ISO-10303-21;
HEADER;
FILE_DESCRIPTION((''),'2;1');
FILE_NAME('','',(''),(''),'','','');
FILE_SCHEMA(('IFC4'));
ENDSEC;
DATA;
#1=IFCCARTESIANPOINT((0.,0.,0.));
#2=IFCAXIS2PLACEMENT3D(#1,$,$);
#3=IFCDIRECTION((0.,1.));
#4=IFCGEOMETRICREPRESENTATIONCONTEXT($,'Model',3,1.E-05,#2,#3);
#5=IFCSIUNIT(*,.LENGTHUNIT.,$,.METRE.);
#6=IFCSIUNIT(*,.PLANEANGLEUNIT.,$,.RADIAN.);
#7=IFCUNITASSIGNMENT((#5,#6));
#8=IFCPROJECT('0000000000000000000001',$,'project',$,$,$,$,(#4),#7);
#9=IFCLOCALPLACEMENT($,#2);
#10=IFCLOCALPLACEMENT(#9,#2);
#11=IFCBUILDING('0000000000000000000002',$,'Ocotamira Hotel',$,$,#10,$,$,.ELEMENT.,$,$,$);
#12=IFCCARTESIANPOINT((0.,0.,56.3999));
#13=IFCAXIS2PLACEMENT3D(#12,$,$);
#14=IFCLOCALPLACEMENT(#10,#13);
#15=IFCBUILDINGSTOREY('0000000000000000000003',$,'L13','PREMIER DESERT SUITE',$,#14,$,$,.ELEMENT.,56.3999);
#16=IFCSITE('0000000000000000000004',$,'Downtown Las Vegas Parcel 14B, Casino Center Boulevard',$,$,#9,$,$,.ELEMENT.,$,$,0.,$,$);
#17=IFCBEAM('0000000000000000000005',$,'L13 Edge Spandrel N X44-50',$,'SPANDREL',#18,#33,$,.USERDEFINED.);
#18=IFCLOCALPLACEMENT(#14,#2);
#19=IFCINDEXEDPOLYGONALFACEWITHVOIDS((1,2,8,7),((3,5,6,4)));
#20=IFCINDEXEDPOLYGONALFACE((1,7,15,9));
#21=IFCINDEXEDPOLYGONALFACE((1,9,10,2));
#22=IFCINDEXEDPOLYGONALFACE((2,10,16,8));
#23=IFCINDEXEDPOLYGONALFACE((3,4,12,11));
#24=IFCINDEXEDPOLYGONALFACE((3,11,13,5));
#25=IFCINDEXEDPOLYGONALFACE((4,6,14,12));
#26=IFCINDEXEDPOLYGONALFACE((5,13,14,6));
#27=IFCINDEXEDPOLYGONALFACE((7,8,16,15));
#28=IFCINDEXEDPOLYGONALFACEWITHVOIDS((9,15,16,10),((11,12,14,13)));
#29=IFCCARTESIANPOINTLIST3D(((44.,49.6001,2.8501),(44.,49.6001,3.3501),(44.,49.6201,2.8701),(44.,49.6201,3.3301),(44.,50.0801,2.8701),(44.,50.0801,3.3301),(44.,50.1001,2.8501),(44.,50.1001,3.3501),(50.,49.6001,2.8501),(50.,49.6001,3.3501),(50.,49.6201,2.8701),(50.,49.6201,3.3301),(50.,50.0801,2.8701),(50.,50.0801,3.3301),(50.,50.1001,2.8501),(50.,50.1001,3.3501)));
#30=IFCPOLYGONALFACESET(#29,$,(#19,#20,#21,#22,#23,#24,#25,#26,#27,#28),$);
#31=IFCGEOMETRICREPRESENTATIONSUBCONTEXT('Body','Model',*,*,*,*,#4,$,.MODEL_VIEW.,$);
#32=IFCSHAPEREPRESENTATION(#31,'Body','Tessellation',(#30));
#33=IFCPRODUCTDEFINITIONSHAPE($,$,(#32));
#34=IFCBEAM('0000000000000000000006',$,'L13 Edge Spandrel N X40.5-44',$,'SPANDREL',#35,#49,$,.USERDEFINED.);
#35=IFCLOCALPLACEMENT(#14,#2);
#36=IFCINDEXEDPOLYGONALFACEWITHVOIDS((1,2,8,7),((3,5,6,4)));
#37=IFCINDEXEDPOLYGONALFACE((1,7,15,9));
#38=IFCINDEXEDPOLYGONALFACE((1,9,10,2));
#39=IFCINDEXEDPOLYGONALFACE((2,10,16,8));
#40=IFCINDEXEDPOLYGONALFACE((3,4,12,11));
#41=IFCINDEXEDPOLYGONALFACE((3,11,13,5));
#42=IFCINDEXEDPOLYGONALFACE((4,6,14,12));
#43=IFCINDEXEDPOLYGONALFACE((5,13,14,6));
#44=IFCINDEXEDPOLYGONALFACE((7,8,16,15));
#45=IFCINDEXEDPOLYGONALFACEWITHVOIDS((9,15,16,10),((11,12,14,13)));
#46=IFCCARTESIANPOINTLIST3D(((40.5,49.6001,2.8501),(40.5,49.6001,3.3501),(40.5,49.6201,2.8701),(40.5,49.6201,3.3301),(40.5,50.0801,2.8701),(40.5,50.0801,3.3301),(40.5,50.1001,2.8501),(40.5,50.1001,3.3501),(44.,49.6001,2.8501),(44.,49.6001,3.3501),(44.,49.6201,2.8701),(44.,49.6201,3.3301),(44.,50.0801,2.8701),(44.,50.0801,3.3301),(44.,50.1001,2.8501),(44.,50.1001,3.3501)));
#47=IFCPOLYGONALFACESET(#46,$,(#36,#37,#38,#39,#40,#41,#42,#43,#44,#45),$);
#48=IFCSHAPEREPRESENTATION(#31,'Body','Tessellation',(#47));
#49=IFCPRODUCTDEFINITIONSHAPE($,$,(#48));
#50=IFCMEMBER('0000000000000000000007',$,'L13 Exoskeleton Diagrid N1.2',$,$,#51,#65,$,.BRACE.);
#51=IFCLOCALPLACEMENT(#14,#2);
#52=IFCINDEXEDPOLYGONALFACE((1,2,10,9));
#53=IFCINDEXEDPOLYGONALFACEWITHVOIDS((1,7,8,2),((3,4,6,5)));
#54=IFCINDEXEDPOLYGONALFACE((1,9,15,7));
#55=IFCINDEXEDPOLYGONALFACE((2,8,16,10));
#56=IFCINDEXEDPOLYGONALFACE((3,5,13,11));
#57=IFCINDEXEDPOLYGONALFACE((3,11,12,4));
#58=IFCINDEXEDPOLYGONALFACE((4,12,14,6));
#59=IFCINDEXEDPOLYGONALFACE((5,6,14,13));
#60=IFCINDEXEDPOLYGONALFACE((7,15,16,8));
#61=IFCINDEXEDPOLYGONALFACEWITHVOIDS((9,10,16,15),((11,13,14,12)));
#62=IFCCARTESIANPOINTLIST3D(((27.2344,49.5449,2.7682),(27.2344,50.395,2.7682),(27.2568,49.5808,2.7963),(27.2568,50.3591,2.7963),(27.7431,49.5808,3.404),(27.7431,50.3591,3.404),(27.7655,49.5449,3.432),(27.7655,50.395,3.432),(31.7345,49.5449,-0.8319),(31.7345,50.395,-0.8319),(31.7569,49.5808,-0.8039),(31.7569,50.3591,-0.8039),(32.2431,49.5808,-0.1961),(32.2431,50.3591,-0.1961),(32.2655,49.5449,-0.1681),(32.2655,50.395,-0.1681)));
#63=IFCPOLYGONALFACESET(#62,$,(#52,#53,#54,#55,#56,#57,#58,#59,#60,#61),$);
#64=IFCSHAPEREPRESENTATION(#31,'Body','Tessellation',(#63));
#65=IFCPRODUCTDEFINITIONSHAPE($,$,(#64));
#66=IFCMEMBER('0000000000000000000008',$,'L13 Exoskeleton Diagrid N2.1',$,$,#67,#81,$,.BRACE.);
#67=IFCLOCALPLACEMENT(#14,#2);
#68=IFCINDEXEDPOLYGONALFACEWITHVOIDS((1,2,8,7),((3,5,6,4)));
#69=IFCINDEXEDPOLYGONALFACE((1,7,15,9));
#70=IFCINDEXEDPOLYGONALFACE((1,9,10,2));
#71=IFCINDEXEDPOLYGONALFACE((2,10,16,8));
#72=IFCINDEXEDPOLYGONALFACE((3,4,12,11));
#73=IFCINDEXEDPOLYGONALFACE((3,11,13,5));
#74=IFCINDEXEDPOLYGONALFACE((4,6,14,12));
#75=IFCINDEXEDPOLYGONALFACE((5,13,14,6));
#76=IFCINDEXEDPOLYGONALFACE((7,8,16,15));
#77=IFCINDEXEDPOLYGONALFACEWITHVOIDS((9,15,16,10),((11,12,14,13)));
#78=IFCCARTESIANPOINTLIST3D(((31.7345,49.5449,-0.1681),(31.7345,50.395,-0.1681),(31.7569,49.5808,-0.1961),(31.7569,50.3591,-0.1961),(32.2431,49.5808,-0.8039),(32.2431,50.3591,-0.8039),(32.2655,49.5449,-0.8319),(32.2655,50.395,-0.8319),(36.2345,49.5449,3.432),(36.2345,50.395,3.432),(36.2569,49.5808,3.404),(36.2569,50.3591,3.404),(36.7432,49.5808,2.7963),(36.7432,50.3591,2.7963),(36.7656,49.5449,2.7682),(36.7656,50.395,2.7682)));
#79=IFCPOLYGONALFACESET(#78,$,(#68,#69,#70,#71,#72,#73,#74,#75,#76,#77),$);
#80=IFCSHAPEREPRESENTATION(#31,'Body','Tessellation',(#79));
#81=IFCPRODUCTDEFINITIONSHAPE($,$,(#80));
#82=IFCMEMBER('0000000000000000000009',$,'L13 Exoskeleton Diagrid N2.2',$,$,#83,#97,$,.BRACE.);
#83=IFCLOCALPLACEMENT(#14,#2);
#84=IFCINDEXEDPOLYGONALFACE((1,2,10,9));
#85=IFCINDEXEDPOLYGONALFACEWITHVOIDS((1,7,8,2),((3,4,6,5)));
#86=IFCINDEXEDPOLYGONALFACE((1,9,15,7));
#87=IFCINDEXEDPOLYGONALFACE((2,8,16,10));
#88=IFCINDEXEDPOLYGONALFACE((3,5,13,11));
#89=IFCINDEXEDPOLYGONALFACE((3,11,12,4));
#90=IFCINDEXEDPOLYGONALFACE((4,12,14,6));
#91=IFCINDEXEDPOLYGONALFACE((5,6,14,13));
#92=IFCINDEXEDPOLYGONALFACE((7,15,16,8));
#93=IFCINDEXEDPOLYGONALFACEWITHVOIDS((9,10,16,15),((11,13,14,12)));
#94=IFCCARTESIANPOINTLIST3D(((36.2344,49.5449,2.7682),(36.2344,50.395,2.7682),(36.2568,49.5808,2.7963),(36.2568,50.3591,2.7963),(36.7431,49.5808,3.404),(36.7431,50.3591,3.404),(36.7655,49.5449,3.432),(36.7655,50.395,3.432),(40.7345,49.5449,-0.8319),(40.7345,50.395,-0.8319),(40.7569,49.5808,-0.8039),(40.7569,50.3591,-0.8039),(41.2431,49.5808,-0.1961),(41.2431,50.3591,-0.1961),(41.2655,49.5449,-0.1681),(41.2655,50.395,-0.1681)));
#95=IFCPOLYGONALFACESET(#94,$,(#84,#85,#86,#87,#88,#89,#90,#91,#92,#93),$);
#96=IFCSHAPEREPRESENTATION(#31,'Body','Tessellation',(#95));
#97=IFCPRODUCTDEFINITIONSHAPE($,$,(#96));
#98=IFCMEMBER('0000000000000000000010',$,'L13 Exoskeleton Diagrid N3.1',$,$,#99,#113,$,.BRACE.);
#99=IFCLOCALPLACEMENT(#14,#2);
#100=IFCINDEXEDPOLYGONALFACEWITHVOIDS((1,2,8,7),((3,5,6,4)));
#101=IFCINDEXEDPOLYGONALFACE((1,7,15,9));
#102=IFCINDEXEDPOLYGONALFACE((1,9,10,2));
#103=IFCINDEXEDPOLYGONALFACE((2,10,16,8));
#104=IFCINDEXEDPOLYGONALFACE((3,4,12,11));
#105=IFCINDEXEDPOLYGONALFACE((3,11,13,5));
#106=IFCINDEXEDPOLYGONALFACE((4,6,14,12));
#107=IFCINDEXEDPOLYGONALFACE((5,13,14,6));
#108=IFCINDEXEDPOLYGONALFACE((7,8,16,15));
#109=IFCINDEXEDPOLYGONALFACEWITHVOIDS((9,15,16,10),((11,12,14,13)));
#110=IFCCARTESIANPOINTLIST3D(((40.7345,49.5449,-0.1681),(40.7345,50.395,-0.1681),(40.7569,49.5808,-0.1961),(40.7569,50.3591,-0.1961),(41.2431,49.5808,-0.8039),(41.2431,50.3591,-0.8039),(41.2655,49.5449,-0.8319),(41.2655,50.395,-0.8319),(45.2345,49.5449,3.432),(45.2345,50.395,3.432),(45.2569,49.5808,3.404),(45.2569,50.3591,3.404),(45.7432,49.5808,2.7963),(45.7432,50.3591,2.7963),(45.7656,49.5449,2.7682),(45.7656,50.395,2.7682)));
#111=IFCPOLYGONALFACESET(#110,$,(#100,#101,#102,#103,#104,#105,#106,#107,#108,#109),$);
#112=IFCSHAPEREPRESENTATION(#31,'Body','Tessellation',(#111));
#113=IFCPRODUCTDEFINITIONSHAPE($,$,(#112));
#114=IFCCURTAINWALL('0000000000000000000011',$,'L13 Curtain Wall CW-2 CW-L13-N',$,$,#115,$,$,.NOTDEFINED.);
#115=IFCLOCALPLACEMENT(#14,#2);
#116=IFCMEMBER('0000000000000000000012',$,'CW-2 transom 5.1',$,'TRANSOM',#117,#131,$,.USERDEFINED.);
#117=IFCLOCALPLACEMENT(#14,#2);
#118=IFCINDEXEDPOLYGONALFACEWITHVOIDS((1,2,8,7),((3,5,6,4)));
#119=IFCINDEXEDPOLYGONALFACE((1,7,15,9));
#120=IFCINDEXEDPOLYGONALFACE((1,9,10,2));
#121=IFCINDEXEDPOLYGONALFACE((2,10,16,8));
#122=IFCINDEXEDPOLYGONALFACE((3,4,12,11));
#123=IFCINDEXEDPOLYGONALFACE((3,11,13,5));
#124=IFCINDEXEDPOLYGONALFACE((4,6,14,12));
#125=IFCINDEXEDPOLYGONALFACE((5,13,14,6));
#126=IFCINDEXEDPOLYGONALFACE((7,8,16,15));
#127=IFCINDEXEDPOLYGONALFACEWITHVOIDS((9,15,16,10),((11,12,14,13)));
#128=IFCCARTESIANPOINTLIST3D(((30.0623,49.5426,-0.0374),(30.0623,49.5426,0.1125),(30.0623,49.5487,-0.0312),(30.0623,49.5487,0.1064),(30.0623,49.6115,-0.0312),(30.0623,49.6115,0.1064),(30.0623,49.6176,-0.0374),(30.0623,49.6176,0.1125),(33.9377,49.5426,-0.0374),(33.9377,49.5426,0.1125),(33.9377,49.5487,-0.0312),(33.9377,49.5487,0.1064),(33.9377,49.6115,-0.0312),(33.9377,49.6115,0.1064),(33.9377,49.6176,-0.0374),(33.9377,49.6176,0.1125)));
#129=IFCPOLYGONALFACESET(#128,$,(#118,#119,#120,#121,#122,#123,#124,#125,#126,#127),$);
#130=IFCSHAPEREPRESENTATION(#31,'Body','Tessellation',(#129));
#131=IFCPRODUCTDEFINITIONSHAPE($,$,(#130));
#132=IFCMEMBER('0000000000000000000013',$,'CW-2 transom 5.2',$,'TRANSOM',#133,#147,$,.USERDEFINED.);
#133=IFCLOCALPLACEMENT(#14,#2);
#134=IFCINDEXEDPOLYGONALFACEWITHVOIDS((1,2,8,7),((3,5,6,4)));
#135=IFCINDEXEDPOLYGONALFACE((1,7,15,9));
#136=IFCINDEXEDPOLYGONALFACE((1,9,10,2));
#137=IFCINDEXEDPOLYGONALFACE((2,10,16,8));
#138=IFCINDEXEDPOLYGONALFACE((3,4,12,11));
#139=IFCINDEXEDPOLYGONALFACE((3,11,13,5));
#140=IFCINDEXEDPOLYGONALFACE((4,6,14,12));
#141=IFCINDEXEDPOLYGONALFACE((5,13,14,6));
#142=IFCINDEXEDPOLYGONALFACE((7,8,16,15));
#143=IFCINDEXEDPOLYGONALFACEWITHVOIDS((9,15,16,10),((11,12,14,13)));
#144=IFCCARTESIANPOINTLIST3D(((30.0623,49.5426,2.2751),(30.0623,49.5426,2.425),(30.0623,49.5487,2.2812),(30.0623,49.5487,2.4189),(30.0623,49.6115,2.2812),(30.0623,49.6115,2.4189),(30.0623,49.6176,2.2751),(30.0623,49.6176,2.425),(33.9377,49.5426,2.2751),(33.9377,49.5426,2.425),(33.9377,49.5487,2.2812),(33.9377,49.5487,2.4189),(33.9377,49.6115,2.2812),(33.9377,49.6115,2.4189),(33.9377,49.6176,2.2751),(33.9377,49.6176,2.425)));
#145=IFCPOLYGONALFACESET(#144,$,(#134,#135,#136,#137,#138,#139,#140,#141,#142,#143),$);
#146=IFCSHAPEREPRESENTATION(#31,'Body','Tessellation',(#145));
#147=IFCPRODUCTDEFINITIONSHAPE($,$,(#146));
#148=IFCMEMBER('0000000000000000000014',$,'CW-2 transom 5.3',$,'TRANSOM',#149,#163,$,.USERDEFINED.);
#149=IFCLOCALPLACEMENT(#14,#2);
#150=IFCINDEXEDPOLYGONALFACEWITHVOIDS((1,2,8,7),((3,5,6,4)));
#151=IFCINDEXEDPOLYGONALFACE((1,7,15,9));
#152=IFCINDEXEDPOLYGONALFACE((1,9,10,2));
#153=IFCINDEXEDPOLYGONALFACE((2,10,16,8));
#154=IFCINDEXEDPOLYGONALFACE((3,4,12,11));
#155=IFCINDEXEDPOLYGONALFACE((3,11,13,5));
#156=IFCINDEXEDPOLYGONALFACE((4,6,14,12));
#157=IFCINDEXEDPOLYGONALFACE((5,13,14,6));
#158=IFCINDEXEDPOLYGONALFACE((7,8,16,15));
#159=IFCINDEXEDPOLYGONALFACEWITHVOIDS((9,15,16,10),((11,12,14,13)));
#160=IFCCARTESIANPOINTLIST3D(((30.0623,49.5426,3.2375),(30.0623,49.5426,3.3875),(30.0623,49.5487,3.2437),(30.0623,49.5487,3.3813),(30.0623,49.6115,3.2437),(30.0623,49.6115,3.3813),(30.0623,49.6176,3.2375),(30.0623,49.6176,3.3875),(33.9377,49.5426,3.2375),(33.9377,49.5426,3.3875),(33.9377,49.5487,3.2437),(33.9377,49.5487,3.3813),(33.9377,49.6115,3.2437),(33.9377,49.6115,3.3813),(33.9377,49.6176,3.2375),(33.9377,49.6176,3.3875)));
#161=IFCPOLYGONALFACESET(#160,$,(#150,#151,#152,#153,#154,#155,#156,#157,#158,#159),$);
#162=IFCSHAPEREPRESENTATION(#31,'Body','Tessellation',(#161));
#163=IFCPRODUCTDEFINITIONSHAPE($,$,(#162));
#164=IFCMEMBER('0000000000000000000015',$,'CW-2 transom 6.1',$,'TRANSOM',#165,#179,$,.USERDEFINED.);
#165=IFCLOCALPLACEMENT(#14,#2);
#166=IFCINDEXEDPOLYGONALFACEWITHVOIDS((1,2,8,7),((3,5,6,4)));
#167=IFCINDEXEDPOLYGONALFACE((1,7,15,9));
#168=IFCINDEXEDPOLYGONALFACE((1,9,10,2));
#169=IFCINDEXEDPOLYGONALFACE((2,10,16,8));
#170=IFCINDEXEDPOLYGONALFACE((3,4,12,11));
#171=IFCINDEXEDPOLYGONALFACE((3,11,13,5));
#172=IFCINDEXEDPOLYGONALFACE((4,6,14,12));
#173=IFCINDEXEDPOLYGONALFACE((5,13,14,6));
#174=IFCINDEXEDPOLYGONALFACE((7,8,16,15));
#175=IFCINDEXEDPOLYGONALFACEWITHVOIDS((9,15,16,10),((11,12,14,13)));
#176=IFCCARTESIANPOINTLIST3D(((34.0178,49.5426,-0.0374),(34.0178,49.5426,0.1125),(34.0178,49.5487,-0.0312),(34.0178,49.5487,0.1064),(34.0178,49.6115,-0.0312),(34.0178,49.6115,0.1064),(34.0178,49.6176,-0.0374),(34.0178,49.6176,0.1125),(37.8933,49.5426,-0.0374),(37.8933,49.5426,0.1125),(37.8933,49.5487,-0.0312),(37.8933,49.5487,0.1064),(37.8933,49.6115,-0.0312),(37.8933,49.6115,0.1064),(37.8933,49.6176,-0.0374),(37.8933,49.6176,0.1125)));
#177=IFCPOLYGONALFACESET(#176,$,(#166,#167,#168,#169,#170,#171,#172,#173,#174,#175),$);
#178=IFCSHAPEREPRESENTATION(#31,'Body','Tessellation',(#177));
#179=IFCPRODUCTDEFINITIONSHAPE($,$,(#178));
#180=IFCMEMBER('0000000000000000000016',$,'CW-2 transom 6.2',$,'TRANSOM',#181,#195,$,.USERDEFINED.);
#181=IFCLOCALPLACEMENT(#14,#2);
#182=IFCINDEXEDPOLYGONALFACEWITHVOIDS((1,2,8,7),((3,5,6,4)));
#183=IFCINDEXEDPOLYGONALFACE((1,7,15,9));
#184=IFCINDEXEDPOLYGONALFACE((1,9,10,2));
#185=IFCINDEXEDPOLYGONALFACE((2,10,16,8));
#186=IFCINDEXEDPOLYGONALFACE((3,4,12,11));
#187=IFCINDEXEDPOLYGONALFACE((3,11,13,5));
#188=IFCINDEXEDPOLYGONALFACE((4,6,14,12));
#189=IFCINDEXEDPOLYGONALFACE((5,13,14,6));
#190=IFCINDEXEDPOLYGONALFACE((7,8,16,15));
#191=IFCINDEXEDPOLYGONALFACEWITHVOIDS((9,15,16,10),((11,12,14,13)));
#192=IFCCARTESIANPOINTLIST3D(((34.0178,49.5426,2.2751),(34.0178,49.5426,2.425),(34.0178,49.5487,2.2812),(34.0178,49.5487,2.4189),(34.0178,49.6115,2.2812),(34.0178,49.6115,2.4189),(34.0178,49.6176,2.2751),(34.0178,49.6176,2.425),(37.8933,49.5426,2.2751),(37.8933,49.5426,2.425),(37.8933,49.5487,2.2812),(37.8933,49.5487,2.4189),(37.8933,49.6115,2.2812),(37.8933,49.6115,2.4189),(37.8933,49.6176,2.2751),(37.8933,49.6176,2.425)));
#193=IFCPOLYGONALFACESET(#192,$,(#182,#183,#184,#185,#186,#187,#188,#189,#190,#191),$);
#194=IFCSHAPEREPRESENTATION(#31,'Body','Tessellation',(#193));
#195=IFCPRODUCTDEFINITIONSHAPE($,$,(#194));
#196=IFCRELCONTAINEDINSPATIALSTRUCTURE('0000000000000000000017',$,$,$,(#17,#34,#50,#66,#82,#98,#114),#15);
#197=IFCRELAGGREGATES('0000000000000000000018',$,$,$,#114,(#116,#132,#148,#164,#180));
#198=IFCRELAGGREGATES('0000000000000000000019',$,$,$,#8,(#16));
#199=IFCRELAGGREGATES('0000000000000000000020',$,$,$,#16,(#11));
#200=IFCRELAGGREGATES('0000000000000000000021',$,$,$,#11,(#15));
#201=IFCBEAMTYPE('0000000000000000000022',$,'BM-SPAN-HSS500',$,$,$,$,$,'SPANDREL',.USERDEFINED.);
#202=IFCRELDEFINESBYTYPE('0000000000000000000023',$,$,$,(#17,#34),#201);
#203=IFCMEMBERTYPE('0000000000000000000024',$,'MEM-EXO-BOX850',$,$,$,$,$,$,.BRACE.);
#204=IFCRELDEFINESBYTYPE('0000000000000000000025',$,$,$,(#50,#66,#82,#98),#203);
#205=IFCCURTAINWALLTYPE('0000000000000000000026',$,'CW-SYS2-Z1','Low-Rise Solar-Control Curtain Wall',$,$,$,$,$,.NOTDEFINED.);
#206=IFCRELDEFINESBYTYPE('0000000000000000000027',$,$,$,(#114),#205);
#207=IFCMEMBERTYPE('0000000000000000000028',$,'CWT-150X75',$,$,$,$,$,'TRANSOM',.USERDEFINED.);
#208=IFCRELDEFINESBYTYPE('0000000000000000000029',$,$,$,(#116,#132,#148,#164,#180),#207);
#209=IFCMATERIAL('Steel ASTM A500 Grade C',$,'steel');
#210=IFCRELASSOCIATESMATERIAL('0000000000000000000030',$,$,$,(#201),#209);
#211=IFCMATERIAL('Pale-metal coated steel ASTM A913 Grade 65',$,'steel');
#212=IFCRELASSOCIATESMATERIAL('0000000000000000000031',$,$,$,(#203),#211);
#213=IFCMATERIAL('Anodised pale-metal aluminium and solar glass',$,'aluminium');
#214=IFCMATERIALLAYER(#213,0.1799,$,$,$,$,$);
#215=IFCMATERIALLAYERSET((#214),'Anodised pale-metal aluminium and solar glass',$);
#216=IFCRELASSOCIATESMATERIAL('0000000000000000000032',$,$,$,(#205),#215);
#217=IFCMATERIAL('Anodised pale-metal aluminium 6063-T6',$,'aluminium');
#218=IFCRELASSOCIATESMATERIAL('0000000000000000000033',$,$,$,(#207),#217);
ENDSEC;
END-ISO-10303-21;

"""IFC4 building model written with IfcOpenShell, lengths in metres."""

from ifc_helpers import new_model, si_unit, direction, frame, origin, origin_2d, place, context, subcontext, project, spatial, hollow_rectangle, extrude, source, transform, mapped, material, layer, layer_set, material_profile, profile_set, type_object, element, aggregate, save


model = new_model("IFC4")

# Units and contexts
model_context = context("Model", 3, precision=1e-05, world=origin(), true_north=direction((0.0, 1.0)))
body_context = subcontext(model_context, "Body", "Model", "MODEL_VIEW")
ifc_project = project(units=[si_unit("LENGTHUNIT", "METRE"), si_unit("PLANEANGLEUNIT", "RADIAN")], contexts=[model_context])

# Site, building, storey
site_placement = place(None, origin())
site = spatial("IfcSite", under=ifc_project, at=site_placement, Name="Downtown Las Vegas Parcel 14B, Casino Center Boulevard", CompositionType="ELEMENT", RefElevation=0.0)
building_placement = place(site_placement, origin())
building = spatial("IfcBuilding", under=site, at=building_placement, Name="Ocotamira Hotel", CompositionType="ELEMENT")
storey_placement = place(building_placement, frame((0.0, 0.0, 56.3999)))
storey = spatial("IfcBuildingStorey", under=building, at=storey_placement, Name="L13", Description="PREMIER DESERT SUITE", CompositionType="ELEMENT", Elevation=56.3999)

# Beams
ifc_material_1 = material(Name="Steel ASTM A500 Grade C", Category="steel")
ifc_material_profile_1 = material_profile(ifc_material_1, hollow_rectangle(XDim=0.5, YDim=0.5, WallThickness=0.02, at=origin_2d()), Name="HSS500X500X20")
ifc_profile_set_1 = profile_set([ifc_material_profile_1], Name="Steel ASTM A500 Grade C")
beam_type = type_object("IfcBeamType", Name="BM-SPAN-HSS500", ElementType="SPANDREL", PredefinedType="USERDEFINED", material=ifc_profile_set_1)
shared_shape_1 = source(origin(), body_context, "Body", "SweptSolid", [
    extrude(hollow_rectangle(XDim=0.5, YDim=0.5, WallThickness=0.02, at=origin_2d()), origin(), (0.0, 0.0, 1.0), 6.0),
])
beam_1_placement = place(storey_placement, frame((44.0, 49.8501, 3.1001), z_axis=(1.0, 0.0, 0.0), x_axis=(0.0, 1.0, 0.0)))
element("IfcBeam", 1, at=beam_1_placement, inside=storey, type_object=beam_type, Name="L13 Edge Spandrel N X44-50", ObjectType="SPANDREL", PredefinedType="USERDEFINED", context=body_context, shape_type="MappedRepresentation", body=[
    mapped(shared_shape_1, transform((0.0, 0.0, 0.0), scale=1.0)),
])
shared_shape_2 = source(origin(), body_context, "Body", "SweptSolid", [
    extrude(hollow_rectangle(XDim=0.5, YDim=0.5, WallThickness=0.02, at=origin_2d()), origin(), (0.0, 0.0, 1.0), 3.5),
])
beam_2_placement = place(storey_placement, frame((40.5, 49.8501, 3.1001), z_axis=(1.0, 0.0, 0.0), x_axis=(0.0, 1.0, 0.0)))
element("IfcBeam", 2, at=beam_2_placement, inside=storey, type_object=beam_type, Name="L13 Edge Spandrel N X40.5-44", ObjectType="SPANDREL", PredefinedType="USERDEFINED", context=body_context, shape_type="MappedRepresentation", body=[
    mapped(shared_shape_2, transform((0.0, 0.0, 0.0), scale=1.0)),
])

# Members
ifc_material_2 = material(Name="Pale-metal coated steel ASTM A913 Grade 65", Category="steel")
ifc_material_profile_2 = material_profile(ifc_material_2, hollow_rectangle(XDim=0.8501, YDim=0.8501, WallThickness=0.0359, at=origin_2d()), Name="BOX850X850X36")
ifc_profile_set_2 = profile_set([ifc_material_profile_2], Name="Pale-metal coated steel ASTM A913 Grade 65")
member_type_1 = type_object("IfcMemberType", Name="MEM-EXO-BOX850", PredefinedType="BRACE", material=ifc_profile_set_2)
shared_shape_3 = source(origin(), body_context, "Body", "SweptSolid", [
    extrude(hollow_rectangle(XDim=0.8501, YDim=0.8501, WallThickness=0.0359, at=origin_2d()), origin(), (0.0, 0.0, 1.0), 5.7629),
])
for number, where, z_axis, x_axis, name in (
    (3, (32.0, 49.97, -0.5), (-0.780861, 0.0, 0.624705), (0.0, -1.0, 0.0), "L13 Exoskeleton Diagrid N1.2"),
    (4, (32.0, 49.97, -0.5), (0.780861, 0.0, 0.624705), (0.0, 1.0, 0.0), "L13 Exoskeleton Diagrid N2.1"),
    (5, (41.0, 49.97, -0.5), (-0.780861, 0.0, 0.624705), (0.0, -1.0, 0.0), "L13 Exoskeleton Diagrid N2.2"),
    (6, (41.0, 49.97, -0.5), (0.780861, 0.0, 0.624705), (0.0, 1.0, 0.0), "L13 Exoskeleton Diagrid N3.1"),
):
    element("IfcMember", number, at=place(storey_placement, frame(where, z_axis=z_axis, x_axis=x_axis)), inside=storey, type_object=member_type_1, Name=name, PredefinedType="BRACE", context=body_context, shape_type="MappedRepresentation", body=[
        mapped(shared_shape_3, transform((0.0, 0.0, 0.0), scale=1.0)),
    ])

# Curtain wall, members
ifc_material_3 = material(Name="Anodised pale-metal aluminium and solar glass", Category="aluminium")
ifc_layer_1 = layer(ifc_material_3, 0.1799)
ifc_layer_set_1 = layer_set([ifc_layer_1], Name="Anodised pale-metal aluminium and solar glass")
curtain_wall_type = type_object("IfcCurtainWallType", Name="CW-SYS2-Z1", Description="Low-Rise Solar-Control Curtain Wall", PredefinedType="NOTDEFINED", material=ifc_layer_set_1)
curtain_wall_placement = place(storey_placement, origin())
curtain_wall = element("IfcCurtainWall", 7, at=curtain_wall_placement, inside=storey, type_object=curtain_wall_type, Name="L13 Curtain Wall CW-2 CW-L13-N", PredefinedType="NOTDEFINED")
ifc_material_4 = material(Name="Anodised pale-metal aluminium 6063-T6", Category="aluminium")
ifc_material_profile_3 = material_profile(ifc_material_4, hollow_rectangle(XDim=0.075, YDim=0.1499, WallThickness=0.0061, at=origin_2d()), Name="HSS150X75X6")
ifc_profile_set_3 = profile_set([ifc_material_profile_3], Name="Anodised pale-metal aluminium 6063-T6")
member_type_2 = type_object("IfcMemberType", Name="CWT-150X75", ElementType="TRANSOM", PredefinedType="USERDEFINED", material=ifc_profile_set_3)
shared_shape_4 = source(origin(), body_context, "Body", "SweptSolid", [
    extrude(hollow_rectangle(XDim=0.075, YDim=0.1499, WallThickness=0.0061, at=origin_2d()), origin(), (0.0, 0.0, 1.0), 3.8755),
])
member_1_placement = place(storey_placement, frame((30.0623, 49.5801, 0.0376), z_axis=(1.0, 0.0, 0.0), x_axis=(0.0, 1.0, 0.0)))
member_1 = element("IfcMember", 8, at=member_1_placement, type_object=member_type_2, Name="CW-2 transom 5.1", ObjectType="TRANSOM", PredefinedType="USERDEFINED", context=body_context, shape_type="MappedRepresentation", body=[
    mapped(shared_shape_4, transform((0.0, 0.0, 0.0), scale=1.0)),
])
member_2_placement = place(storey_placement, frame((30.0623, 49.5801, 2.3501), z_axis=(1.0, 0.0, 0.0), x_axis=(0.0, 1.0, 0.0)))
member_2 = element("IfcMember", 9, at=member_2_placement, type_object=member_type_2, Name="CW-2 transom 5.2", ObjectType="TRANSOM", PredefinedType="USERDEFINED", context=body_context, shape_type="MappedRepresentation", body=[
    mapped(shared_shape_4, transform((0.0, 0.0, 0.0), scale=1.0)),
])
member_3_placement = place(storey_placement, frame((30.0623, 49.5801, 3.3125), z_axis=(1.0, 0.0, 0.0), x_axis=(0.0, 1.0, 0.0)))
member_3 = element("IfcMember", 10, at=member_3_placement, type_object=member_type_2, Name="CW-2 transom 5.3", ObjectType="TRANSOM", PredefinedType="USERDEFINED", context=body_context, shape_type="MappedRepresentation", body=[
    mapped(shared_shape_4, transform((0.0, 0.0, 0.0), scale=1.0)),
])
member_4_placement = place(storey_placement, frame((34.0178, 49.5801, 0.0376), z_axis=(1.0, 0.0, 0.0), x_axis=(0.0, 1.0, 0.0)))
member_4 = element("IfcMember", 11, at=member_4_placement, type_object=member_type_2, Name="CW-2 transom 6.1", ObjectType="TRANSOM", PredefinedType="USERDEFINED", context=body_context, shape_type="MappedRepresentation", body=[
    mapped(shared_shape_4, transform((0.0, 0.0, 0.0), scale=1.0)),
])
member_5_placement = place(storey_placement, frame((34.0178, 49.5801, 2.3501), z_axis=(1.0, 0.0, 0.0), x_axis=(0.0, 1.0, 0.0)))
member_5 = element("IfcMember", 12, at=member_5_placement, type_object=member_type_2, Name="CW-2 transom 6.2", ObjectType="TRANSOM", PredefinedType="USERDEFINED", context=body_context, shape_type="MappedRepresentation", body=[
    mapped(shared_shape_4, transform((0.0, 0.0, 0.0), scale=1.0)),
])

aggregate(curtain_wall, [member_1, member_2, member_3, member_4, member_5])

save(model, "model.ifc")
